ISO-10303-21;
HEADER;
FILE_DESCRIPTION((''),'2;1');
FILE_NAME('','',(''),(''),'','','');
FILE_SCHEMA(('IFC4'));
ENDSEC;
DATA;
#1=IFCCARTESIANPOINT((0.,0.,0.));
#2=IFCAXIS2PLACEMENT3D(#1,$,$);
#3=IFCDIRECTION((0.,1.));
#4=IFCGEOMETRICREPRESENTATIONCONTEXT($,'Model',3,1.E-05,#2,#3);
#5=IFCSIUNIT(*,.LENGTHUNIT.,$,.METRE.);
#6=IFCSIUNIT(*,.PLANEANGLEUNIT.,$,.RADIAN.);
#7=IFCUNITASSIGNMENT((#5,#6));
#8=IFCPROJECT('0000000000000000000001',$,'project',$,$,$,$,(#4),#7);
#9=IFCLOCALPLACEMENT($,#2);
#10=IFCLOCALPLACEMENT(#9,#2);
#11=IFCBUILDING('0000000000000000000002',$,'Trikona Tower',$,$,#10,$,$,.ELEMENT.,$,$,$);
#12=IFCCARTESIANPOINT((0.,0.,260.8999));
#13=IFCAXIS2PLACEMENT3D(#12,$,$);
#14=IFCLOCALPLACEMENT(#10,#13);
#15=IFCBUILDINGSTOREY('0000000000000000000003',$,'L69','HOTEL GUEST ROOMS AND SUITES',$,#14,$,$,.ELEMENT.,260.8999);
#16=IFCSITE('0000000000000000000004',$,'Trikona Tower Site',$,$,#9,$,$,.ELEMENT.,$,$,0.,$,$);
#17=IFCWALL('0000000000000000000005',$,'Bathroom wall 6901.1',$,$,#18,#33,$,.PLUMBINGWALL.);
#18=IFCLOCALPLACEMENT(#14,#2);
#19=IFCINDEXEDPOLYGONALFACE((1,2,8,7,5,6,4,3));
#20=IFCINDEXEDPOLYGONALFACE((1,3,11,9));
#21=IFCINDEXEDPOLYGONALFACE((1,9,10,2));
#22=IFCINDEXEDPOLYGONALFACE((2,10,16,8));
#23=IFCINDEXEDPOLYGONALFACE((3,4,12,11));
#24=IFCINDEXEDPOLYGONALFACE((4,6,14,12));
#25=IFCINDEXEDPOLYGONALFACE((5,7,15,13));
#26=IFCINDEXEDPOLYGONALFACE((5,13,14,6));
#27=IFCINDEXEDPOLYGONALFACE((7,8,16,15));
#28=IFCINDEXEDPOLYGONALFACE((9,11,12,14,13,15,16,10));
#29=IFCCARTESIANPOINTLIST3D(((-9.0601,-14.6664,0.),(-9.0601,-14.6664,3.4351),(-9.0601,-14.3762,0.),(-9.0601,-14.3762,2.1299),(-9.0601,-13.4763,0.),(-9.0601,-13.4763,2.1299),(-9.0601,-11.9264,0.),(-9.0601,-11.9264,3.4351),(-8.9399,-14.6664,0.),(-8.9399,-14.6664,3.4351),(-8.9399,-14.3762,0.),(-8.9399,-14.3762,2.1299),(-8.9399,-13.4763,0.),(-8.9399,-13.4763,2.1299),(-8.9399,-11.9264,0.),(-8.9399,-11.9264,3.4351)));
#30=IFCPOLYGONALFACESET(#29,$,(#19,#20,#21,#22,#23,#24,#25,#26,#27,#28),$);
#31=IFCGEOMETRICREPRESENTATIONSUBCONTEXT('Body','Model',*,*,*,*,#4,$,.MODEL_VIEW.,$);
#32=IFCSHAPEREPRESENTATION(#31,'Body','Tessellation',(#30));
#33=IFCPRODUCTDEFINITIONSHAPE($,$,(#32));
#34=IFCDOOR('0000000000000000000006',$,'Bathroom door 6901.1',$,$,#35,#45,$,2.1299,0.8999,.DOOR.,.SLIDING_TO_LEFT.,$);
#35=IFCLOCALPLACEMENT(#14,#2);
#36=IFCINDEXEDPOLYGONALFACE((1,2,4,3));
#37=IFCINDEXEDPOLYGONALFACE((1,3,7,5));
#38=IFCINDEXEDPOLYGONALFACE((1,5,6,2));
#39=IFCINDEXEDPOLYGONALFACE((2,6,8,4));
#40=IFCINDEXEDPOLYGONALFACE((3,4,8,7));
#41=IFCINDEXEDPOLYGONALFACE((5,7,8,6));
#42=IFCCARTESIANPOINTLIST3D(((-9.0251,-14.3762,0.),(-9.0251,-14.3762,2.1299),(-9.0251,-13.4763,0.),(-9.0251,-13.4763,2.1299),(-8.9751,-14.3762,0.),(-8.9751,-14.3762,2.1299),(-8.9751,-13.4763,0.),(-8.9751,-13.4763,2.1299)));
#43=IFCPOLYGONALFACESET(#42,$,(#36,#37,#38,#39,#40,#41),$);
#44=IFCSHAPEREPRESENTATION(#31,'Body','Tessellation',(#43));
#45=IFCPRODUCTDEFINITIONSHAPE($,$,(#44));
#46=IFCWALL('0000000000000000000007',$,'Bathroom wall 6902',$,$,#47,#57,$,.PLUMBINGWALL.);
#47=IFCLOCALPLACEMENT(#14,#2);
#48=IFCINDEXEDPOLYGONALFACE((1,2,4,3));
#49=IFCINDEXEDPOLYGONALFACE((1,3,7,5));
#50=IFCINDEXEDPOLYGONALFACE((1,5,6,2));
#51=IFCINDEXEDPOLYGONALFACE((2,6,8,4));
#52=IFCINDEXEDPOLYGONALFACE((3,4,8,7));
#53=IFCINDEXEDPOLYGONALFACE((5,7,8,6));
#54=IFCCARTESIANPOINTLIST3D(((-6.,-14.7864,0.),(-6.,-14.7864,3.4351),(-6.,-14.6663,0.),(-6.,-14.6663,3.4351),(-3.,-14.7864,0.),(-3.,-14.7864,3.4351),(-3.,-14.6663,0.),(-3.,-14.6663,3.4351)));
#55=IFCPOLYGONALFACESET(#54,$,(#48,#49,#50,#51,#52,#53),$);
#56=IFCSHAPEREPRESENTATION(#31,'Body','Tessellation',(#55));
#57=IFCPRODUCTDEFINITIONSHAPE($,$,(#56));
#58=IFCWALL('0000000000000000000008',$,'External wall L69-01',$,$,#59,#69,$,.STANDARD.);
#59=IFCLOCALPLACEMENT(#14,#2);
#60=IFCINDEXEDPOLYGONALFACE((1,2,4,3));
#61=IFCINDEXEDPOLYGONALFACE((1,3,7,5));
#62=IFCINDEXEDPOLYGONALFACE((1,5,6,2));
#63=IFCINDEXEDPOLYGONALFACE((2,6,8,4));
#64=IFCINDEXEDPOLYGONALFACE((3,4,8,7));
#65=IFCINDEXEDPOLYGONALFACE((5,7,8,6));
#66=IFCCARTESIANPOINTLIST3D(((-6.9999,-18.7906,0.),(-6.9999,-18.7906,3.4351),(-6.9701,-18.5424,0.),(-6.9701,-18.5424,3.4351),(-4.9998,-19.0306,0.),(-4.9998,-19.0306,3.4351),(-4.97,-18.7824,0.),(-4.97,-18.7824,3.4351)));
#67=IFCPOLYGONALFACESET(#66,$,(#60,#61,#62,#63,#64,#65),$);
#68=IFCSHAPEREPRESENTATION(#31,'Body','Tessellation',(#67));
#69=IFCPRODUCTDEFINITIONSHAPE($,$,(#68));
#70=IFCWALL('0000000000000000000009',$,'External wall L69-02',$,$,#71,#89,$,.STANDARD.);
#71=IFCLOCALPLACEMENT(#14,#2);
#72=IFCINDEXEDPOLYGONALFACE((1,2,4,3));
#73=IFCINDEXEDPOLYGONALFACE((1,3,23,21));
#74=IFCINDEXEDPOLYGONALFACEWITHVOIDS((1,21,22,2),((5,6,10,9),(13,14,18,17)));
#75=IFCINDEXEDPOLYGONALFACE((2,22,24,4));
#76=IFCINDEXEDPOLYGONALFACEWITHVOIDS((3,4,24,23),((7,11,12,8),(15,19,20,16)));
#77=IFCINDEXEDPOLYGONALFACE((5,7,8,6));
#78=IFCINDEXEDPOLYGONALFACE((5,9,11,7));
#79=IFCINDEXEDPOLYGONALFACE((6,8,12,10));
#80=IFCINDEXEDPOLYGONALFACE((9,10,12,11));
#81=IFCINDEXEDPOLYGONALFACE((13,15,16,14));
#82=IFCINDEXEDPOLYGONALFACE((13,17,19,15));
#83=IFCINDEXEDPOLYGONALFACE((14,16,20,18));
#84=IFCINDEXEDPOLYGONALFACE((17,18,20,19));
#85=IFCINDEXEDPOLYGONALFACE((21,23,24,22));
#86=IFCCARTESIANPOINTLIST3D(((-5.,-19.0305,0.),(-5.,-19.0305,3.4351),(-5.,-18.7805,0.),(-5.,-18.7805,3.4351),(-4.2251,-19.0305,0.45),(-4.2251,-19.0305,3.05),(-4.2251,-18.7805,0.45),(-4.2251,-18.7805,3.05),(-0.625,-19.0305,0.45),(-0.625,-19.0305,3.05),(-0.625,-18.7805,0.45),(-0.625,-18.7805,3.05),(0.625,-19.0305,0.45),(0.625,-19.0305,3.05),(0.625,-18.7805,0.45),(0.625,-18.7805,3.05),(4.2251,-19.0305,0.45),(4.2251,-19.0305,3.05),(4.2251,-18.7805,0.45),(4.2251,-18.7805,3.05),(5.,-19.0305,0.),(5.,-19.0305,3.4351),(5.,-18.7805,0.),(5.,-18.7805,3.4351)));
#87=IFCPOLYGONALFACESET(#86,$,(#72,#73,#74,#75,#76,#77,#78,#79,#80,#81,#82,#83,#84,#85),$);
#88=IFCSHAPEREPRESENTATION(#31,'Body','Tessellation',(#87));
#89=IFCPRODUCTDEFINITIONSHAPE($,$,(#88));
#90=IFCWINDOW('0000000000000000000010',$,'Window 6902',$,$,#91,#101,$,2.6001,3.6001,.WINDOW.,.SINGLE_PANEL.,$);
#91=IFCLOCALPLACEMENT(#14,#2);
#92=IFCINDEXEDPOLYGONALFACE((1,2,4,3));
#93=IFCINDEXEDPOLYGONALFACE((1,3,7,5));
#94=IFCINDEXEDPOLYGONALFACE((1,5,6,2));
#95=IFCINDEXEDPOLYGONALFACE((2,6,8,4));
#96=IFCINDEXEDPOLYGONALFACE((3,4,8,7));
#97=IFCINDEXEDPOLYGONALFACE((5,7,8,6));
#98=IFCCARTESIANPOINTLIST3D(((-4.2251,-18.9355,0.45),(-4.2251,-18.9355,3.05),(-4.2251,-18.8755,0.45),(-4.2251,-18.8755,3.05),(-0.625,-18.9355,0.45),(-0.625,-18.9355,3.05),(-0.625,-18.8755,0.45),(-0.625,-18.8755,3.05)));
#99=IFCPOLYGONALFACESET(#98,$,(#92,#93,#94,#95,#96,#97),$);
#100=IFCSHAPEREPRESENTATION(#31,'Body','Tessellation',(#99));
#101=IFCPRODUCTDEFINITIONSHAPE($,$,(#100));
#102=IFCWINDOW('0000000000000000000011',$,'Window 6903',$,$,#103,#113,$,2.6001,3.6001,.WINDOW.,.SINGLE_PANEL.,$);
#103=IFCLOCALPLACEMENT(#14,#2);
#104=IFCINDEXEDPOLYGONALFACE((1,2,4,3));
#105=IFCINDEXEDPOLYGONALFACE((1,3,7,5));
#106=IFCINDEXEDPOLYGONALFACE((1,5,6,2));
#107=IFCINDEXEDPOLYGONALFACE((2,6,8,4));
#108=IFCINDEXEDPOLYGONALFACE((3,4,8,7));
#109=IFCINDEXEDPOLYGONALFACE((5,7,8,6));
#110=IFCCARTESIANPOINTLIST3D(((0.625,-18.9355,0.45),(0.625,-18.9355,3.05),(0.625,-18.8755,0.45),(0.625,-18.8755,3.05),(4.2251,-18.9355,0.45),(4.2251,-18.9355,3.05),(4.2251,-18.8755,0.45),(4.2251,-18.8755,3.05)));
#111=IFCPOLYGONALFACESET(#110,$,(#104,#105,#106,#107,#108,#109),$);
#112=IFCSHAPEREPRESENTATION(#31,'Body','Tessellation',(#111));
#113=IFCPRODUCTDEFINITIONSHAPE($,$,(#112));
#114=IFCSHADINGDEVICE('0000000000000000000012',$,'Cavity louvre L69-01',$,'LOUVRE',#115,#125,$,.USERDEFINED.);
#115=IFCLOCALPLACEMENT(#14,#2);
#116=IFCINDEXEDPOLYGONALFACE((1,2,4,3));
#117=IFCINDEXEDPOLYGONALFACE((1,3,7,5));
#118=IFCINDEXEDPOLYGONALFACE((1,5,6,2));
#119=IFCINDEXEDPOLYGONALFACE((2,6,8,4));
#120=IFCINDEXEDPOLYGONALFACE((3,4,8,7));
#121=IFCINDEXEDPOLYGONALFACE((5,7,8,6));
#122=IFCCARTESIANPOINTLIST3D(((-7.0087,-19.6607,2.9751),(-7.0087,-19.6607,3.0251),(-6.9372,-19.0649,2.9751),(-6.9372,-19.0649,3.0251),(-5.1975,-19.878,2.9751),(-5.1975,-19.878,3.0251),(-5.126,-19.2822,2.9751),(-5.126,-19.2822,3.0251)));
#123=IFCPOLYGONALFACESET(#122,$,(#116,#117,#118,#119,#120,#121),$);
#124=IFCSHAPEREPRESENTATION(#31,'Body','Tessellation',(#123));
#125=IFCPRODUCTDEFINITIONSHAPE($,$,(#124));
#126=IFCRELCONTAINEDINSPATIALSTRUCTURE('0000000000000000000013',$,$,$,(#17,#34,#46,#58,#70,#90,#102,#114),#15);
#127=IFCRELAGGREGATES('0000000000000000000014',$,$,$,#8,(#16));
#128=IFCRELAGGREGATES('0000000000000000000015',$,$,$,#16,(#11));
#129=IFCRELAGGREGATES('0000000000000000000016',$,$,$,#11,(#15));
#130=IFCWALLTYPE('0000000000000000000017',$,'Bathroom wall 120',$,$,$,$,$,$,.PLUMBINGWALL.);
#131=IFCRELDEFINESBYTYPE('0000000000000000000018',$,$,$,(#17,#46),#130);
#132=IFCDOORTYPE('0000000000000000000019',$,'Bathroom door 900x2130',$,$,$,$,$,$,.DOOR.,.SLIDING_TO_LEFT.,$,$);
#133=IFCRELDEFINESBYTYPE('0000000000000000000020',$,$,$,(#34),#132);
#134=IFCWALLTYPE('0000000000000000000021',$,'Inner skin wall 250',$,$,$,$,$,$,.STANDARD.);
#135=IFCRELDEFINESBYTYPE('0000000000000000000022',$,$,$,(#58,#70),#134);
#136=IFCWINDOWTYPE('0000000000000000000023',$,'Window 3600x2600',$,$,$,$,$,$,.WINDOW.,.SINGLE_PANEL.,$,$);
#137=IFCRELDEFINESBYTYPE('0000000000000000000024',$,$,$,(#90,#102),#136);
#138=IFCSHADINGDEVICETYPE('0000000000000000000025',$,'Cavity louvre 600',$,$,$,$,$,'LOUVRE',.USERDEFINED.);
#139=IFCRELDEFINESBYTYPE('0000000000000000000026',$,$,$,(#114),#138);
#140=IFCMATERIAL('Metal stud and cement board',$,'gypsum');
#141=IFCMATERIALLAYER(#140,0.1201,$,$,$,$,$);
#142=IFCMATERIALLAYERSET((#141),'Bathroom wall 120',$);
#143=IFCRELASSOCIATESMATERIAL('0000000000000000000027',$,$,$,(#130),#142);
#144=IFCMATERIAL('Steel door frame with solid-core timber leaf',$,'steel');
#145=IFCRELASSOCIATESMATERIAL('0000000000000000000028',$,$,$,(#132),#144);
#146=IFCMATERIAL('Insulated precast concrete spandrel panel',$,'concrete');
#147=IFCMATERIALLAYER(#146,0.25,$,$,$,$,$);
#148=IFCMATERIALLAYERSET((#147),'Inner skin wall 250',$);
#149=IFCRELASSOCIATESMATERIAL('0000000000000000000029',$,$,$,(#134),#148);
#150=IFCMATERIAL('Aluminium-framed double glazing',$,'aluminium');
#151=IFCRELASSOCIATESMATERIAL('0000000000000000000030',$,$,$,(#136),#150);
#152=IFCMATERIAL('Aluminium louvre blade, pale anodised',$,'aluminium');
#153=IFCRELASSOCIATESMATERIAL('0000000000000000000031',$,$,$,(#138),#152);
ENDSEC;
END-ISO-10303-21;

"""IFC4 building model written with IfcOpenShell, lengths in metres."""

from ifc_helpers import new_model, si_unit, direction, frame, frame_2d, origin, origin_2d, place, context, subcontext, project, spatial, rectangle, extrude, material, layer, layer_set, type_object, element, fill, save


model = new_model("IFC4")

# Units and contexts
model_context = context("Model", 3, precision=1e-05, world=origin(), true_north=direction((0.0, 1.0)))
body_context = subcontext(model_context, "Body", "Model", "MODEL_VIEW")
ifc_project = project(units=[si_unit("LENGTHUNIT", "METRE"), si_unit("PLANEANGLEUNIT", "RADIAN")], contexts=[model_context])

# Site, building, storey
site_placement = place(None, origin())
site = spatial("IfcSite", under=ifc_project, at=site_placement, Name="Trikona Tower Site", CompositionType="ELEMENT", RefElevation=0.0)
building_placement = place(site_placement, origin())
building = spatial("IfcBuilding", under=site, at=building_placement, Name="Trikona Tower", CompositionType="ELEMENT")
storey_placement = place(building_placement, frame((0.0, 0.0, 260.8999)))
storey = spatial("IfcBuildingStorey", under=building, at=storey_placement, Name="L69", Description="HOTEL GUEST ROOMS AND SUITES", CompositionType="ELEMENT", Elevation=260.8999)

# Shared definitions
ifc_material_1 = material(Name="Metal stud and cement board", Category="gypsum")
ifc_layer_1 = layer(ifc_material_1, 0.1201)
ifc_layer_set_1 = layer_set([ifc_layer_1], Name="Bathroom wall 120")
wall_type_1 = type_object("IfcWallType", Name="Bathroom wall 120", PredefinedType="PLUMBINGWALL", material=ifc_layer_set_1)

# Wall, opening, door
wall_1_placement = place(storey_placement, frame((-9.0, -11.9263, 0.0), z_axis=(0.0, 0.0, 1.0), x_axis=(0.0, -1.0, 0.0)))
wall_1 = element("IfcWall", 1, at=wall_1_placement, inside=storey, type_object=wall_type_1, Name="Bathroom wall 6901.1", PredefinedType="PLUMBINGWALL", context=body_context, shape_type="SweptSolid", body=[
    extrude(rectangle(XDim=2.74, YDim=0.1201, at=frame_2d((1.3701, 0.0))), origin(), (0.0, 0.0, 1.0), 3.4351),
])
opening_1_placement = place(wall_1_placement, frame((1.55, 0.0, 0.0)))
opening_1 = element("IfcOpeningElement", 2, at=opening_1_placement, cuts=wall_1, PredefinedType="OPENING", context=body_context, shape_type="SweptSolid", body=[
    extrude(rectangle(XDim=0.8999, YDim=2.1299, at=frame_2d((0.45, 1.0649))), frame((0.0, 0.0701, 0.0), z_axis=(0.0, -1.0, 0.0), x_axis=(1.0, 0.0, 0.0)), (0.0, 0.0, 1.0), 0.1401),
])
ifc_material_2 = material(Name="Steel door frame with solid-core timber leaf", Category="steel")
door_type = type_object("IfcDoorType", Name="Bathroom door 900x2130", OperationType="SLIDING_TO_LEFT", PredefinedType="DOOR", material=ifc_material_2)
door_placement = place(opening_1_placement, origin())
door = element("IfcDoor", 3, at=door_placement, inside=storey, type_object=door_type, Name="Bathroom door 6901.1", OperationType="SLIDING_TO_LEFT", OverallHeight=2.1299, OverallWidth=0.8999, PredefinedType="DOOR", context=body_context, shape_type="SweptSolid", body=[
    extrude(rectangle(XDim=0.8999, YDim=2.1299, at=frame_2d((0.45, 1.0649))), frame((0.0, 0.0249, 0.0), z_axis=(0.0, -1.0, 0.0), x_axis=(1.0, 0.0, 0.0)), (0.0, 0.0, 1.0), 0.05),
])
fill(opening_1, door)

# Walls
wall_2_placement = place(storey_placement, frame((-6.0, -14.7263, 0.0), z_axis=(0.0, 0.0, 1.0), x_axis=(1.0, 0.0, 0.0)))
element("IfcWall", 4, at=wall_2_placement, inside=storey, type_object=wall_type_1, Name="Bathroom wall 6902", PredefinedType="PLUMBINGWALL", context=body_context, shape_type="SweptSolid", body=[
    extrude(rectangle(XDim=3.0, YDim=0.1201, at=frame_2d((1.5, 0.0))), origin(), (0.0, 0.0, 1.0), 3.4351),
])
ifc_material_3 = material(Name="Insulated precast concrete spandrel panel", Category="concrete")
ifc_layer_2 = layer(ifc_material_3, 0.25)
ifc_layer_set_2 = layer_set([ifc_layer_2], Name="Inner skin wall 250")
wall_type_2 = type_object("IfcWallType", Name="Inner skin wall 250", PredefinedType="STANDARD", material=ifc_layer_set_2)
wall_3_placement = place(storey_placement, frame((-6.9851, -18.6665, 0.0), z_axis=(0.0, 0.0, 1.0), x_axis=(0.992877, -0.11914, 0.0)))
element("IfcWall", 5, at=wall_3_placement, inside=storey, type_object=wall_type_2, Name="External wall L69-01", PredefinedType="STANDARD", context=body_context, shape_type="SweptSolid", body=[
    extrude(rectangle(XDim=2.0144, YDim=0.25, at=frame_2d((1.0073, 0.0))), origin(), (0.0, 0.0, 1.0), 3.4351),
])

# Wall, openings, windows
wall_4_placement = place(storey_placement, frame((-5.0, -18.9055, 0.0), z_axis=(0.0, 0.0, 1.0), x_axis=(1.0, 0.0, 0.0)))
wall_4 = element("IfcWall", 6, at=wall_4_placement, inside=storey, type_object=wall_type_2, Name="External wall L69-02", PredefinedType="STANDARD", context=body_context, shape_type="SweptSolid", body=[
    extrude(rectangle(XDim=10.0, YDim=0.25, at=frame_2d((5.0, 0.0))), origin(), (0.0, 0.0, 1.0), 3.4351),
])
opening_2_placement = place(wall_4_placement, frame((0.7749, 0.0, 0.45)))
opening_2 = element("IfcOpeningElement", 7, at=opening_2_placement, cuts=wall_4, PredefinedType="OPENING", context=body_context, shape_type="SweptSolid", body=[
    extrude(rectangle(XDim=3.6001, YDim=2.6001, at=frame_2d((1.8, 1.3))), frame((0.0, 0.135, 0.0), z_axis=(0.0, -1.0, 0.0), x_axis=(1.0, 0.0, 0.0)), (0.0, 0.0, 1.0), 0.27),
])
opening_3_placement = place(wall_4_placement, frame((5.625, 0.0, 0.45)))
opening_3 = element("IfcOpeningElement", 8, at=opening_3_placement, cuts=wall_4, PredefinedType="OPENING", context=body_context, shape_type="SweptSolid", body=[
    extrude(rectangle(XDim=3.6001, YDim=2.6001, at=frame_2d((1.8, 1.3))), frame((0.0, 0.135, 0.0), z_axis=(0.0, -1.0, 0.0), x_axis=(1.0, 0.0, 0.0)), (0.0, 0.0, 1.0), 0.27),
])
ifc_material_4 = material(Name="Aluminium-framed double glazing", Category="aluminium")
window_type = type_object("IfcWindowType", Name="Window 3600x2600", PartitioningType="SINGLE_PANEL", PredefinedType="WINDOW", material=ifc_material_4)
window_1_placement = place(opening_2_placement, origin())
window_1 = element("IfcWindow", 9, at=window_1_placement, inside=storey, type_object=window_type, Name="Window 6902", OverallHeight=2.6001, OverallWidth=3.6001, PartitioningType="SINGLE_PANEL", PredefinedType="WINDOW", context=body_context, shape_type="SweptSolid", body=[
    extrude(rectangle(XDim=3.6001, YDim=2.6001, at=frame_2d((1.8, 1.3))), frame((0.0, 0.03, 0.0), z_axis=(0.0, -1.0, 0.0), x_axis=(1.0, 0.0, 0.0)), (0.0, 0.0, 1.0), 0.0601),
])
fill(opening_2, window_1)
window_2_placement = place(opening_3_placement, origin())
window_2 = element("IfcWindow", 10, at=window_2_placement, inside=storey, type_object=window_type, Name="Window 6903", OverallHeight=2.6001, OverallWidth=3.6001, PartitioningType="SINGLE_PANEL", PredefinedType="WINDOW", context=body_context, shape_type="SweptSolid", body=[
    extrude(rectangle(XDim=3.6001, YDim=2.6001, at=frame_2d((1.8, 1.3))), frame((0.0, 0.03, 0.0), z_axis=(0.0, -1.0, 0.0), x_axis=(1.0, 0.0, 0.0)), (0.0, 0.0, 1.0), 0.0601),
])
fill(opening_3, window_2)

# Shading device
ifc_material_5 = material(Name="Aluminium louvre blade, pale anodised", Category="aluminium")
shading_device_type = type_object("IfcShadingDeviceType", Name="Cavity louvre 600", ElementType="LOUVRE", PredefinedType="USERDEFINED", material=ifc_material_5)
shading_device_placement = place(storey_placement, frame((-6.0674, -19.4714, 2.9751), z_axis=(0.0, 0.0, 1.0), x_axis=(0.992877, -0.119146, 0.0)))
element("IfcShadingDevice", 11, at=shading_device_placement, inside=storey, type_object=shading_device_type, Name="Cavity louvre L69-01", ObjectType="LOUVRE", PredefinedType="USERDEFINED", context=body_context, shape_type="SweptSolid", body=[
    extrude(rectangle(XDim=1.8242, YDim=0.6001, at=origin_2d()), origin(), (0.0, 0.0, 1.0), 0.05),
])

save(model, "model.ifc")
